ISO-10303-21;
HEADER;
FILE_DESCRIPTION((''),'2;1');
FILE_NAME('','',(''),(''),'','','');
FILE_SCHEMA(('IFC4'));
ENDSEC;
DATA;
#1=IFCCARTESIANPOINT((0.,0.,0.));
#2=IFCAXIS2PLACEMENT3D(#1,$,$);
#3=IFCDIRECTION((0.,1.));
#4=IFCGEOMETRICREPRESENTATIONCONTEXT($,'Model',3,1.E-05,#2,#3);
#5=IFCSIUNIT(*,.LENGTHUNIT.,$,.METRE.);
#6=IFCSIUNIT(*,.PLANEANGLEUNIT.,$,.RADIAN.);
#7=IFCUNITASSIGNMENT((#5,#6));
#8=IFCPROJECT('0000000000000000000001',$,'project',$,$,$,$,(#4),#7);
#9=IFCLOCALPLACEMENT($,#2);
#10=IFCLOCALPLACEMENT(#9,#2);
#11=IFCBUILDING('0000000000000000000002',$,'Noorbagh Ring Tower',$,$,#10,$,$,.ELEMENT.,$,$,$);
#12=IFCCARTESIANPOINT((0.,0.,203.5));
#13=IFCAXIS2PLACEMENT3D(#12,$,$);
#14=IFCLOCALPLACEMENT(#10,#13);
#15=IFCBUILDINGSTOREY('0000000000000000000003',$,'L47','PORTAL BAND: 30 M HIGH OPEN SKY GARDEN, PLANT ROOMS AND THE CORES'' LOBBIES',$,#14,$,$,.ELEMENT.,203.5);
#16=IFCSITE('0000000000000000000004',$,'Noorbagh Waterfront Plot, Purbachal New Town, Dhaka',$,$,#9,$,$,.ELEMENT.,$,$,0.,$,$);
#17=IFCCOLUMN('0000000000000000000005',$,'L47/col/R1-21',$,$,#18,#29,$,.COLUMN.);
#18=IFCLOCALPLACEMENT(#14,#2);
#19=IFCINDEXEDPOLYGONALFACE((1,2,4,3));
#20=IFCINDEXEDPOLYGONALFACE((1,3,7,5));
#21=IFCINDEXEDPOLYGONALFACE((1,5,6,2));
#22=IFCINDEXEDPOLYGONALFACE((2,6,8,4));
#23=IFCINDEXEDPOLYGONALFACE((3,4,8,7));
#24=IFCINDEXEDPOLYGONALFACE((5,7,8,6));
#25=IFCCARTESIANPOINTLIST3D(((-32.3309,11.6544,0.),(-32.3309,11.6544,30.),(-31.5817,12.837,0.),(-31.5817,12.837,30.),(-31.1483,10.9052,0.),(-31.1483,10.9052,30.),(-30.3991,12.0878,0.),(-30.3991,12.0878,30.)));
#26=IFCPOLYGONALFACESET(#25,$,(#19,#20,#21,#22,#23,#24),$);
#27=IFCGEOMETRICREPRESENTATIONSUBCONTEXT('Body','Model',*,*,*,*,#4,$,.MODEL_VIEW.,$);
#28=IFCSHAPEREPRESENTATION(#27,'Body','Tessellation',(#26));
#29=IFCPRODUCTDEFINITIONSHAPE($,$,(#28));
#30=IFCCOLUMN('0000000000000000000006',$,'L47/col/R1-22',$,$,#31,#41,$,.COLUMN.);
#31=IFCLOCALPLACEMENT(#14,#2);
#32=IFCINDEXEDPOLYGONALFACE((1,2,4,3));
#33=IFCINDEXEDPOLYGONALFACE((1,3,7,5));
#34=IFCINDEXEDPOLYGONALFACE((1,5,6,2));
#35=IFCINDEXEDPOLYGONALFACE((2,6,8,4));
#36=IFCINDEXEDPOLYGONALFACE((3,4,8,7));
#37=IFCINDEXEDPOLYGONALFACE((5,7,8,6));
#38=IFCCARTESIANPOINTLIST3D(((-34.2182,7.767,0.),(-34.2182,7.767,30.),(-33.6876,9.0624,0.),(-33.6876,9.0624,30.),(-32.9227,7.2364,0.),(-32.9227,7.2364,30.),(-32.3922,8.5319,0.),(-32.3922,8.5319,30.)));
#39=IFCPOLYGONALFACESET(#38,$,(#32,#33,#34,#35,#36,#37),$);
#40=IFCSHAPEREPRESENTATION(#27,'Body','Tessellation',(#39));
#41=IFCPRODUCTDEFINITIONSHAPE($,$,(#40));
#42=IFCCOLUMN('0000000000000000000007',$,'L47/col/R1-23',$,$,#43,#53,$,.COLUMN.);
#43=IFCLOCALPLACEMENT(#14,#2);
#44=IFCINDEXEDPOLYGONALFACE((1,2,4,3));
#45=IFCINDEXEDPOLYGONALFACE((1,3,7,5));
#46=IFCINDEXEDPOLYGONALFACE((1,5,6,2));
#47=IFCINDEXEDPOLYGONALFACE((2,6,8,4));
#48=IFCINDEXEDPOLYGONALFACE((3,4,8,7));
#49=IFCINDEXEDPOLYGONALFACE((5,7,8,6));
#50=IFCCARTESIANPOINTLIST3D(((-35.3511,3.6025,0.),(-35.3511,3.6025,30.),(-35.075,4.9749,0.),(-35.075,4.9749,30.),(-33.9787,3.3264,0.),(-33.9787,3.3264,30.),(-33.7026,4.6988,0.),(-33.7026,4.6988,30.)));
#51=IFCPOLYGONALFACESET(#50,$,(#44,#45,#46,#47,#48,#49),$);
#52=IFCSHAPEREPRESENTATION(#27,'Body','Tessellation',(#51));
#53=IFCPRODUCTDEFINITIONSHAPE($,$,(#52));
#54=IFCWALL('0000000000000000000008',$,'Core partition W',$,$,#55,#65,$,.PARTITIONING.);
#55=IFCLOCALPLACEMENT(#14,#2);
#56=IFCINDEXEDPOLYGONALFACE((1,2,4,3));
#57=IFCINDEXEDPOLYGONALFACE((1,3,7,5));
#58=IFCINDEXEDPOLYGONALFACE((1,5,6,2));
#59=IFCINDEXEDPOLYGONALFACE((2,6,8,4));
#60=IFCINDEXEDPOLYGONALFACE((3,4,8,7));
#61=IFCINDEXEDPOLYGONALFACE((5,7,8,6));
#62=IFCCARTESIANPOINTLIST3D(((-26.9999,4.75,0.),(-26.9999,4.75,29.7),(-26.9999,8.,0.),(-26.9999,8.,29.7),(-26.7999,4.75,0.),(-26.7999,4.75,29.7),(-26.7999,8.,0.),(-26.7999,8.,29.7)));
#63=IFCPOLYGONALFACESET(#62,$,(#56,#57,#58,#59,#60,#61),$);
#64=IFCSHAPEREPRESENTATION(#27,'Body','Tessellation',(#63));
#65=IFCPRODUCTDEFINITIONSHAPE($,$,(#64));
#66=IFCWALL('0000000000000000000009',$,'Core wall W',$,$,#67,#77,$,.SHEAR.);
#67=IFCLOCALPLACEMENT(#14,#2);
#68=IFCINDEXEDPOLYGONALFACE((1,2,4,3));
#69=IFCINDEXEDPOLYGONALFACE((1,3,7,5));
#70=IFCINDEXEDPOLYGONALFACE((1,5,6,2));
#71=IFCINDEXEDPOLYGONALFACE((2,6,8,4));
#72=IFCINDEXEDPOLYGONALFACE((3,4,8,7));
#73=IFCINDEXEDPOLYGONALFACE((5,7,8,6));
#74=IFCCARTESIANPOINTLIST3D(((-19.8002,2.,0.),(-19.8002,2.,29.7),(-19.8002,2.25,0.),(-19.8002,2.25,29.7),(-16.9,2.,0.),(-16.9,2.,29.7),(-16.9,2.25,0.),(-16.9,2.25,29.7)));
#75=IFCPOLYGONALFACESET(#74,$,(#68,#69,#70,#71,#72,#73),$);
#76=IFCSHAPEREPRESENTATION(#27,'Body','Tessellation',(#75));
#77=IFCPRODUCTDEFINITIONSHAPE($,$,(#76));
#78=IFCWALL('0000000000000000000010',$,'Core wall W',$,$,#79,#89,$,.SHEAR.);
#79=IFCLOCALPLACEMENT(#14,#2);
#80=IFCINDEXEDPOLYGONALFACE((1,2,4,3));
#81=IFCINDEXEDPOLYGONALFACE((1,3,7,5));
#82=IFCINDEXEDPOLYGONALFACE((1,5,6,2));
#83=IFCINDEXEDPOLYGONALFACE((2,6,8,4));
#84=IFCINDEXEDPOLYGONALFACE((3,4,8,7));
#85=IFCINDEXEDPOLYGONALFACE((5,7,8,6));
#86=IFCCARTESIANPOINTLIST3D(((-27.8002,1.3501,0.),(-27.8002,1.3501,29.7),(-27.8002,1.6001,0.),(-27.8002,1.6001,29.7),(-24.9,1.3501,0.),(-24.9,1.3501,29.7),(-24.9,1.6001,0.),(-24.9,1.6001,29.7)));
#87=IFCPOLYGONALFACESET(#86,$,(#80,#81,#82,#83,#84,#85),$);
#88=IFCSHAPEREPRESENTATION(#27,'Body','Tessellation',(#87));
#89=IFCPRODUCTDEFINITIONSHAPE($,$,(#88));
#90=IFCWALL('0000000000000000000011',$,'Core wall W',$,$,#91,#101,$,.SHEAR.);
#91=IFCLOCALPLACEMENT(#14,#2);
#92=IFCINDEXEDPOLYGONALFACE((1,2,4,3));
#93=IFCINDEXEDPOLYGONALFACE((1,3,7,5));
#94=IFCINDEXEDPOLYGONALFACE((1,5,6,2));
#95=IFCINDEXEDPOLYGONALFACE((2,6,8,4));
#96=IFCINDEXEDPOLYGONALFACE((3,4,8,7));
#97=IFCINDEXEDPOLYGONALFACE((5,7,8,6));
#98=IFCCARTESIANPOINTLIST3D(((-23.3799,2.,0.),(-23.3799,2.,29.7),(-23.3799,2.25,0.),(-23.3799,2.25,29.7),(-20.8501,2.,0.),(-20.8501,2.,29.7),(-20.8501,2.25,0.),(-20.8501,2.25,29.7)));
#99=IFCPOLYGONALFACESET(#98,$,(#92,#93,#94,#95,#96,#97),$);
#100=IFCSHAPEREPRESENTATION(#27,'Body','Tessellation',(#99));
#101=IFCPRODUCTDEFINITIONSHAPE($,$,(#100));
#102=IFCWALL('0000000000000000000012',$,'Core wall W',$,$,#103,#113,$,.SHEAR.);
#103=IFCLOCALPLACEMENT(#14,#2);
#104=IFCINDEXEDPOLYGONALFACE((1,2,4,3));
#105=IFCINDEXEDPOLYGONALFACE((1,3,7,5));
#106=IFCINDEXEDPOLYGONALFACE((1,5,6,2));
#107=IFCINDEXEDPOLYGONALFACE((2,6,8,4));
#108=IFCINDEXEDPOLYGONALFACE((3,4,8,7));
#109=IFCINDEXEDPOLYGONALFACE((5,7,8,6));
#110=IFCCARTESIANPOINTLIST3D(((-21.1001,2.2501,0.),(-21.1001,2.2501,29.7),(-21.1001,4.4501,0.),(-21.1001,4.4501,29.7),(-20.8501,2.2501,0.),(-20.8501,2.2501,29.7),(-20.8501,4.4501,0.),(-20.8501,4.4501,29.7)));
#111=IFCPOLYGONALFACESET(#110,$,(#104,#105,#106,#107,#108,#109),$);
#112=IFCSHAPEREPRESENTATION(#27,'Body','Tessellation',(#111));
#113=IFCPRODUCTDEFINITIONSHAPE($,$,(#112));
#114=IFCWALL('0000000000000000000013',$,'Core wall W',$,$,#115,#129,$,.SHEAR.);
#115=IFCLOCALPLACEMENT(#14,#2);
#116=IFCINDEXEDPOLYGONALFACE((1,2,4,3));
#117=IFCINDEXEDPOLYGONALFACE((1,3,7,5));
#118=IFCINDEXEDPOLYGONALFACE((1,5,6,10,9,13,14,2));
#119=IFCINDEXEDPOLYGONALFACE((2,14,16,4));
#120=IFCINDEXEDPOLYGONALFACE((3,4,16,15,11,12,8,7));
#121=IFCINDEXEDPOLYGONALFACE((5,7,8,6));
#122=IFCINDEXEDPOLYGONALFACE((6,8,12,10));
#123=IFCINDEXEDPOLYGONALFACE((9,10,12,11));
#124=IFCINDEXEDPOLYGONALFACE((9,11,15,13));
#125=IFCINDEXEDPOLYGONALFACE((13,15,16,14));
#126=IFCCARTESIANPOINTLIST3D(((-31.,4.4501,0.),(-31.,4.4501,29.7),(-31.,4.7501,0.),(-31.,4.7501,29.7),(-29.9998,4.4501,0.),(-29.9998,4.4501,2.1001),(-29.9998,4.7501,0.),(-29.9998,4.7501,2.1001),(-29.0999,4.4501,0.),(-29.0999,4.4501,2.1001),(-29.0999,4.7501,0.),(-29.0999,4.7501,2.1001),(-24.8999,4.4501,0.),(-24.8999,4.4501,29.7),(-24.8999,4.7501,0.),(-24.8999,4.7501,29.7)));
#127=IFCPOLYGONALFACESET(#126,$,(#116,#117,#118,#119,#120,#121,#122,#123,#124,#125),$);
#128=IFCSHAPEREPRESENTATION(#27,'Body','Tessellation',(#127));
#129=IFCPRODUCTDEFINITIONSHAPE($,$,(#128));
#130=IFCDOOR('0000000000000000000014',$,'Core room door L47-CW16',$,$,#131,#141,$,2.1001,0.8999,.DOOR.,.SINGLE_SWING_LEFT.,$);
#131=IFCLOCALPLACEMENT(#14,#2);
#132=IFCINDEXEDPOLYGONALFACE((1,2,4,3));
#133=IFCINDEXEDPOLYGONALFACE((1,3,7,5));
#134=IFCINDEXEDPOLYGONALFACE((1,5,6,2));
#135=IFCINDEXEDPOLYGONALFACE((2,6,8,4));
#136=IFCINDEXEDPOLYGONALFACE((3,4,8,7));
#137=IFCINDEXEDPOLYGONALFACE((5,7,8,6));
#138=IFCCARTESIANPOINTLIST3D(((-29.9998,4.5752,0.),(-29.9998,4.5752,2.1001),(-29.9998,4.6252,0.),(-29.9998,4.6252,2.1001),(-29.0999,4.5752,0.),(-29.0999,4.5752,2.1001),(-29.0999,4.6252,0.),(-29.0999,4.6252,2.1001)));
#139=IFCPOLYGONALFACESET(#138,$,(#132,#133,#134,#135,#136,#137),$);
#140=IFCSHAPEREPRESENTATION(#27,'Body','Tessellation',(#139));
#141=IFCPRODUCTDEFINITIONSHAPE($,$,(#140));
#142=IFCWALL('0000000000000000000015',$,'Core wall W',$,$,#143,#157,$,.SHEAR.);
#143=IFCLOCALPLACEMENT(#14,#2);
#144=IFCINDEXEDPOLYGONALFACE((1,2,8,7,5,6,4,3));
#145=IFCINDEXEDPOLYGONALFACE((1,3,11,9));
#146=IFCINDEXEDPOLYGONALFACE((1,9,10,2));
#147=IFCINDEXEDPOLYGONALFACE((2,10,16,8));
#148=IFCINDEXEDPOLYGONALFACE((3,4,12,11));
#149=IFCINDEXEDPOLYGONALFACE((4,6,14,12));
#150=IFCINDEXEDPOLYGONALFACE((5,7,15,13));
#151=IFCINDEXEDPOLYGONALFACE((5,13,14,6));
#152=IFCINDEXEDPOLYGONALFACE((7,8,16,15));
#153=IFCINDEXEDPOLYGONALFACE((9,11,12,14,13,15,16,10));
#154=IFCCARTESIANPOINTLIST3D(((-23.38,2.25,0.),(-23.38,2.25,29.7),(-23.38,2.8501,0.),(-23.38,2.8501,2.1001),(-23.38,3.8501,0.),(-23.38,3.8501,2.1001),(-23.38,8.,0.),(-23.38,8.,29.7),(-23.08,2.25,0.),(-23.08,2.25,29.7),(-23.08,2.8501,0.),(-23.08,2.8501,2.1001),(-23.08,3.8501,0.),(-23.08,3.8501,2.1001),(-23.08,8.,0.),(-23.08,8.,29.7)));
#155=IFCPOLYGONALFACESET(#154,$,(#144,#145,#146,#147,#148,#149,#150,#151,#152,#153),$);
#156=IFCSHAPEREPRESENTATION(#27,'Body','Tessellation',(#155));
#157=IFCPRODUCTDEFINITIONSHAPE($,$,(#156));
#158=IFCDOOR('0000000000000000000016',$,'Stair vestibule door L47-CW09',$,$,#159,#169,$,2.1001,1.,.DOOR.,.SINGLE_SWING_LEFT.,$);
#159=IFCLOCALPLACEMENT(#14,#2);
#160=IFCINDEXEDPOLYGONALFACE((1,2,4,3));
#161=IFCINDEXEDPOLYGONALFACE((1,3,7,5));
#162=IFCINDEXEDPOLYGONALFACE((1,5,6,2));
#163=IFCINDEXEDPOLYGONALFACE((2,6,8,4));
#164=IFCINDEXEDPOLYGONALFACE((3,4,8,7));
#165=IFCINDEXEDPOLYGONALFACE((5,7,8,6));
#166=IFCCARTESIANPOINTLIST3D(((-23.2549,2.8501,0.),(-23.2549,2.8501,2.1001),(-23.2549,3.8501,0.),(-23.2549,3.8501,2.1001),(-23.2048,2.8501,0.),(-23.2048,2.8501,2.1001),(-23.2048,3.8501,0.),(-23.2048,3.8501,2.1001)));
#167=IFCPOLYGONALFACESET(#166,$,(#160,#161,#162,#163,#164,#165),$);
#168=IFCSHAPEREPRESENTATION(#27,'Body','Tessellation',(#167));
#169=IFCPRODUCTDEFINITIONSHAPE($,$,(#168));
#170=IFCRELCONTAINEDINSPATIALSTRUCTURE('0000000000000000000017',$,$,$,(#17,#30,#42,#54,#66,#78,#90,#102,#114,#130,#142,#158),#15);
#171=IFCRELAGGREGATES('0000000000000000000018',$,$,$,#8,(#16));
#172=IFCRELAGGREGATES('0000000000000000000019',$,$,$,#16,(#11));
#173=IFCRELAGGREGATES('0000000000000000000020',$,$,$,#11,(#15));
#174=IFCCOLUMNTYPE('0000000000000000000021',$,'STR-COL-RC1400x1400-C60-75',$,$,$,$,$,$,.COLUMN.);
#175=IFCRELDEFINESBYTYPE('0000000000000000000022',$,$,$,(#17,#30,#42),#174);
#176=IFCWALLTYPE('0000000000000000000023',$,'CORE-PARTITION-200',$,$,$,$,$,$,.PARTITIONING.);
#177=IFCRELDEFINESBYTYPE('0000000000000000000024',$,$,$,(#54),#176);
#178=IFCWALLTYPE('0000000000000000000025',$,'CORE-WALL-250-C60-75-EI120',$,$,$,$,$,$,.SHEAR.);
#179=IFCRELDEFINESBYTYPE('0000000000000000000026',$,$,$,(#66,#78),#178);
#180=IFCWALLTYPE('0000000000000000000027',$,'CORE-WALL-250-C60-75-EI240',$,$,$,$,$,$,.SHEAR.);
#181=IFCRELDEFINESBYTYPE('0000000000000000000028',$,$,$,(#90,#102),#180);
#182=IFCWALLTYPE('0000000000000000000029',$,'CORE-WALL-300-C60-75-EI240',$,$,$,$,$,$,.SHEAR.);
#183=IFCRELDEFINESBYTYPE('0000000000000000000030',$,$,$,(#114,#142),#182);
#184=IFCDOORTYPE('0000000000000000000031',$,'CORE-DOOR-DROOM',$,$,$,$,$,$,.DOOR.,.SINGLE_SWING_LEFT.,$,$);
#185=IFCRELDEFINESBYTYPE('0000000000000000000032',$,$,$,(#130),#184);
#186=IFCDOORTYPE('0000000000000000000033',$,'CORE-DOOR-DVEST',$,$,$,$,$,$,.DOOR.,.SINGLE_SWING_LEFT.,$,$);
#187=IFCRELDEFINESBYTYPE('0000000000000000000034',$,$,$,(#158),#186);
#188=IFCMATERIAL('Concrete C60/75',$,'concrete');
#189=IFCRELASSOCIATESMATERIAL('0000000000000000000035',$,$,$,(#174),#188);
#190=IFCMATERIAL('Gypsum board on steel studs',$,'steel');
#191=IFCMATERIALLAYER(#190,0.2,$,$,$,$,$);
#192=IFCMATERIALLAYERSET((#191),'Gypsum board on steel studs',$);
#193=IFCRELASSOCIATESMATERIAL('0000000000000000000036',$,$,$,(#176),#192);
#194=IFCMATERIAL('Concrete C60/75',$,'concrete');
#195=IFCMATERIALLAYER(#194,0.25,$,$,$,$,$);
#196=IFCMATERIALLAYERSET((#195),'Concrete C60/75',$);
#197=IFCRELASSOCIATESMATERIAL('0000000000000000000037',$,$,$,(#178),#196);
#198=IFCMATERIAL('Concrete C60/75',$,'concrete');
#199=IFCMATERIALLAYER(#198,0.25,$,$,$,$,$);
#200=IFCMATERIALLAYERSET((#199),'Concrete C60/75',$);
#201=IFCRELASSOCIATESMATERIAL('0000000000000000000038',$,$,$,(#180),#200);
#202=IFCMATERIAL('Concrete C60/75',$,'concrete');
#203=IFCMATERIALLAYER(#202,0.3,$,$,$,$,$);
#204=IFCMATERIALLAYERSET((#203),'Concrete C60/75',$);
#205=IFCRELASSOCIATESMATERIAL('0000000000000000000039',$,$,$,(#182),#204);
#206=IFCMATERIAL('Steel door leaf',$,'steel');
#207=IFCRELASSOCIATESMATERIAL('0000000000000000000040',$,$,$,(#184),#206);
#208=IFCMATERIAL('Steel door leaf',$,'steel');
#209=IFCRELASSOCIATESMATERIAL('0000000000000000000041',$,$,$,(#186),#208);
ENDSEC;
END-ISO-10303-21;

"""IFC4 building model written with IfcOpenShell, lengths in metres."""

from ifc_helpers import new_model, si_unit, direction, frame, frame_2d, origin, origin_2d, place, context, subcontext, project, spatial, rectangle, extrude, material, layer, layer_set, material_profile, profile_set, type_object, element, fill, save


model = new_model("IFC4")

# Units and contexts
model_context = context("Model", 3, precision=1e-05, world=origin(), true_north=direction((0.0, 1.0)))
body_context = subcontext(model_context, "Body", "Model", "MODEL_VIEW")
ifc_project = project(units=[si_unit("LENGTHUNIT", "METRE"), si_unit("PLANEANGLEUNIT", "RADIAN")], contexts=[model_context])

# Site, building, storey
site_placement = place(None, origin())
site = spatial("IfcSite", under=ifc_project, at=site_placement, Name="Noorbagh Waterfront Plot, Purbachal New Town, Dhaka", CompositionType="ELEMENT", RefElevation=0.0)
building_placement = place(site_placement, origin())
building = spatial("IfcBuilding", under=site, at=building_placement, Name="Noorbagh Ring Tower", CompositionType="ELEMENT")
storey_placement = place(building_placement, frame((0.0, 0.0, 203.5)))
storey = spatial("IfcBuildingStorey", under=building, at=storey_placement, Name="L47", Description="PORTAL BAND: 30 M HIGH OPEN SKY GARDEN, PLANT ROOMS AND THE CORES' LOBBIES", CompositionType="ELEMENT", Elevation=203.5)

# Columns
ifc_material_1 = material(Name="Concrete C60/75", Category="concrete")
ifc_material_profile = material_profile(ifc_material_1, rectangle(XDim=1.3999, YDim=1.3999, at=origin_2d()), Name="RC1400x1400")
ifc_profile_set = profile_set([ifc_material_profile], Name="Concrete C60/75")
column_type = type_object("IfcColumnType", Name="STR-COL-RC1400x1400-C60-75", PredefinedType="COLUMN", material=ifc_profile_set)
for number, where, z_axis, x_axis, name in (
    (1, (-31.365, 11.8711, 0.0), (0.0, 0.0, 1.0), (-0.53519, -0.844731, 0.0), "L47/col/R1-21"),
    (2, (-33.3052, 8.1494, 0.0), (0.0, 0.0, 1.0), (-0.378989, -0.925401, 0.0), "L47/col/R1-22"),
    (3, (-34.5269, 4.1506, 0.0), (0.0, 0.0, 1.0), (-0.19723, -0.980357, 0.0), "L47/col/R1-23"),
):
    element("IfcColumn", number, at=place(storey_placement, frame(where, z_axis=z_axis, x_axis=x_axis)), inside=storey, type_object=column_type, Name=name, PredefinedType="COLUMN", context=body_context, shape_type="SweptSolid", body=[
        extrude(rectangle(XDim=1.3999, YDim=1.3999, at=origin_2d()), origin(), (0.0, 0.0, 1.0), 30.0),
    ])

# Walls
ifc_material_2 = material(Name="Gypsum board on steel studs", Category="steel")
ifc_layer_1 = layer(ifc_material_2, 0.2)
ifc_layer_set_1 = layer_set([ifc_layer_1], Name="Gypsum board on steel studs")
wall_type_1 = type_object("IfcWallType", Name="CORE-PARTITION-200", PredefinedType="PARTITIONING", material=ifc_layer_set_1)
wall_1_placement = place(storey_placement, frame((-26.8999, 4.75, 0.0), z_axis=(0.0, 0.0, 1.0), x_axis=(0.0, 1.0, 0.0)))
element("IfcWall", 4, at=wall_1_placement, inside=storey, type_object=wall_type_1, Name="Core partition W", PredefinedType="PARTITIONING", context=body_context, shape_type="SweptSolid", body=[
    extrude(rectangle(XDim=3.25, YDim=0.2, at=frame_2d((1.625, 0.0))), origin(), (0.0, 0.0, 1.0), 29.7),
])
ifc_material_3 = material(Name="Concrete C60/75", Category="concrete")
ifc_layer_2 = layer(ifc_material_3, 0.25)
ifc_layer_set_2 = layer_set([ifc_layer_2], Name="Concrete C60/75")
wall_type_2 = type_object("IfcWallType", Name="CORE-WALL-250-C60-75-EI120", PredefinedType="SHEAR", material=ifc_layer_set_2)
for number, where, z_axis, x_axis, name in (
    (5, (-16.8999, 2.125, 0.0), (0.0, 0.0, 1.0), (-1.0, 0.0, 0.0), "Core wall W"),
    (6, (-24.8999, 1.4751, 0.0), (0.0, 0.0, 1.0), (-1.0, 0.0, 0.0), "Core wall W"),
):
    element("IfcWall", number, at=place(storey_placement, frame(where, z_axis=z_axis, x_axis=x_axis)), inside=storey, type_object=wall_type_2, Name=name, PredefinedType="SHEAR", context=body_context, shape_type="SweptSolid", body=[
        extrude(rectangle(XDim=2.9001, YDim=0.25, at=frame_2d((1.4502, 0.0))), origin(), (0.0, 0.0, 1.0), 29.7),
    ])
ifc_material_4 = material(Name="Concrete C60/75", Category="concrete")
ifc_layer_3 = layer(ifc_material_4, 0.25)
ifc_layer_set_3 = layer_set([ifc_layer_3], Name="Concrete C60/75")
wall_type_3 = type_object("IfcWallType", Name="CORE-WALL-250-C60-75-EI240", PredefinedType="SHEAR", material=ifc_layer_set_3)
wall_2_placement = place(storey_placement, frame((-20.8501, 2.125, 0.0), z_axis=(0.0, 0.0, 1.0), x_axis=(-1.0, 0.0, 0.0)))
element("IfcWall", 7, at=wall_2_placement, inside=storey, type_object=wall_type_3, Name="Core wall W", PredefinedType="SHEAR", context=body_context, shape_type="SweptSolid", body=[
    extrude(rectangle(XDim=2.5298, YDim=0.25, at=frame_2d((1.2649, 0.0))), origin(), (0.0, 0.0, 1.0), 29.7),
])
wall_3_placement = place(storey_placement, frame((-20.9751, 2.25, 0.0), z_axis=(0.0, 0.0, 1.0), x_axis=(0.0, 1.0, 0.0)))
element("IfcWall", 8, at=wall_3_placement, inside=storey, type_object=wall_type_3, Name="Core wall W", PredefinedType="SHEAR", context=body_context, shape_type="SweptSolid", body=[
    extrude(rectangle(XDim=2.2, YDim=0.25, at=frame_2d((1.1001, 0.0))), origin(), (0.0, 0.0, 1.0), 29.7),
])

# Walls, openings, doors
ifc_material_5 = material(Name="Concrete C60/75", Category="concrete")
ifc_layer_4 = layer(ifc_material_5, 0.3)
ifc_layer_set_4 = layer_set([ifc_layer_4], Name="Concrete C60/75")
wall_type_4 = type_object("IfcWallType", Name="CORE-WALL-300-C60-75-EI240", PredefinedType="SHEAR", material=ifc_layer_set_4)
wall_4_placement = place(storey_placement, frame((-24.8999, 4.6001, 0.0), z_axis=(0.0, 0.0, 1.0), x_axis=(-1.0, 0.0, 0.0)))
wall_4 = element("IfcWall", 9, at=wall_4_placement, inside=storey, type_object=wall_type_4, Name="Core wall W", PredefinedType="SHEAR", context=body_context, shape_type="SweptSolid", body=[
    extrude(rectangle(XDim=6.1001, YDim=0.3, at=frame_2d((3.05, 0.0))), origin(), (0.0, 0.0, 1.0), 29.7),
])
opening_1_placement = place(wall_4_placement, frame((4.2, 0.0, 0.0)))
opening_1 = element("IfcOpeningElement", 10, at=opening_1_placement, cuts=wall_4, PredefinedType="OPENING", context=body_context, shape_type="SweptSolid", body=[
    extrude(rectangle(XDim=0.8999, YDim=2.1001, at=frame_2d((0.45, 1.05))), frame((0.0, 0.1602, 0.0), z_axis=(0.0, -1.0, 0.0), x_axis=(1.0, 0.0, 0.0)), (0.0, 0.0, 1.0), 0.3201),
])
ifc_material_6 = material(Name="Steel door leaf", Category="steel")
door_type_1 = type_object("IfcDoorType", Name="CORE-DOOR-DROOM", OperationType="SINGLE_SWING_LEFT", PredefinedType="DOOR", material=ifc_material_6)
door_1_placement = place(opening_1_placement, origin())
door_1 = element("IfcDoor", 11, at=door_1_placement, inside=storey, type_object=door_type_1, Name="Core room door L47-CW16", OperationType="SINGLE_SWING_LEFT", OverallHeight=2.1001, OverallWidth=0.8999, PredefinedType="DOOR", context=body_context, shape_type="SweptSolid", body=[
    extrude(rectangle(XDim=0.8999, YDim=2.1001, at=frame_2d((0.45, 1.05))), frame((0.0, 0.0249, 0.0), z_axis=(0.0, -1.0, 0.0), x_axis=(1.0, 0.0, 0.0)), (0.0, 0.0, 1.0), 0.05),
])
fill(opening_1, door_1)
wall_5_placement = place(storey_placement, frame((-23.23, 2.25, 0.0), z_axis=(0.0, 0.0, 1.0), x_axis=(0.0, 1.0, 0.0)))
wall_5 = element("IfcWall", 12, at=wall_5_placement, inside=storey, type_object=wall_type_4, Name="Core wall W", PredefinedType="SHEAR", context=body_context, shape_type="SweptSolid", body=[
    extrude(rectangle(XDim=5.75, YDim=0.3, at=frame_2d((2.875, 0.0))), origin(), (0.0, 0.0, 1.0), 29.7),
])
opening_2_placement = place(wall_5_placement, frame((0.6001, 0.0, 0.0)))
opening_2 = element("IfcOpeningElement", 13, at=opening_2_placement, cuts=wall_5, PredefinedType="OPENING", context=body_context, shape_type="SweptSolid", body=[
    extrude(rectangle(XDim=1.0, YDim=2.1001, at=frame_2d((0.5, 1.05))), frame((0.0, 0.1602, 0.0), z_axis=(0.0, -1.0, 0.0), x_axis=(1.0, 0.0, 0.0)), (0.0, 0.0, 1.0), 0.3201),
])
ifc_material_7 = material(Name="Steel door leaf", Category="steel")
door_type_2 = type_object("IfcDoorType", Name="CORE-DOOR-DVEST", OperationType="SINGLE_SWING_LEFT", PredefinedType="DOOR", material=ifc_material_7)
door_2_placement = place(opening_2_placement, origin())
door_2 = element("IfcDoor", 14, at=door_2_placement, inside=storey, type_object=door_type_2, Name="Stair vestibule door L47-CW09", OperationType="SINGLE_SWING_LEFT", OverallHeight=2.1001, OverallWidth=1.0, PredefinedType="DOOR", context=body_context, shape_type="SweptSolid", body=[
    extrude(rectangle(XDim=1.0, YDim=2.1001, at=frame_2d((0.5, 1.05))), frame((0.0, 0.0249, 0.0), z_axis=(0.0, -1.0, 0.0), x_axis=(1.0, 0.0, 0.0)), (0.0, 0.0, 1.0), 0.05),
])
fill(opening_2, door_2)

save(model, "model.ifc")
